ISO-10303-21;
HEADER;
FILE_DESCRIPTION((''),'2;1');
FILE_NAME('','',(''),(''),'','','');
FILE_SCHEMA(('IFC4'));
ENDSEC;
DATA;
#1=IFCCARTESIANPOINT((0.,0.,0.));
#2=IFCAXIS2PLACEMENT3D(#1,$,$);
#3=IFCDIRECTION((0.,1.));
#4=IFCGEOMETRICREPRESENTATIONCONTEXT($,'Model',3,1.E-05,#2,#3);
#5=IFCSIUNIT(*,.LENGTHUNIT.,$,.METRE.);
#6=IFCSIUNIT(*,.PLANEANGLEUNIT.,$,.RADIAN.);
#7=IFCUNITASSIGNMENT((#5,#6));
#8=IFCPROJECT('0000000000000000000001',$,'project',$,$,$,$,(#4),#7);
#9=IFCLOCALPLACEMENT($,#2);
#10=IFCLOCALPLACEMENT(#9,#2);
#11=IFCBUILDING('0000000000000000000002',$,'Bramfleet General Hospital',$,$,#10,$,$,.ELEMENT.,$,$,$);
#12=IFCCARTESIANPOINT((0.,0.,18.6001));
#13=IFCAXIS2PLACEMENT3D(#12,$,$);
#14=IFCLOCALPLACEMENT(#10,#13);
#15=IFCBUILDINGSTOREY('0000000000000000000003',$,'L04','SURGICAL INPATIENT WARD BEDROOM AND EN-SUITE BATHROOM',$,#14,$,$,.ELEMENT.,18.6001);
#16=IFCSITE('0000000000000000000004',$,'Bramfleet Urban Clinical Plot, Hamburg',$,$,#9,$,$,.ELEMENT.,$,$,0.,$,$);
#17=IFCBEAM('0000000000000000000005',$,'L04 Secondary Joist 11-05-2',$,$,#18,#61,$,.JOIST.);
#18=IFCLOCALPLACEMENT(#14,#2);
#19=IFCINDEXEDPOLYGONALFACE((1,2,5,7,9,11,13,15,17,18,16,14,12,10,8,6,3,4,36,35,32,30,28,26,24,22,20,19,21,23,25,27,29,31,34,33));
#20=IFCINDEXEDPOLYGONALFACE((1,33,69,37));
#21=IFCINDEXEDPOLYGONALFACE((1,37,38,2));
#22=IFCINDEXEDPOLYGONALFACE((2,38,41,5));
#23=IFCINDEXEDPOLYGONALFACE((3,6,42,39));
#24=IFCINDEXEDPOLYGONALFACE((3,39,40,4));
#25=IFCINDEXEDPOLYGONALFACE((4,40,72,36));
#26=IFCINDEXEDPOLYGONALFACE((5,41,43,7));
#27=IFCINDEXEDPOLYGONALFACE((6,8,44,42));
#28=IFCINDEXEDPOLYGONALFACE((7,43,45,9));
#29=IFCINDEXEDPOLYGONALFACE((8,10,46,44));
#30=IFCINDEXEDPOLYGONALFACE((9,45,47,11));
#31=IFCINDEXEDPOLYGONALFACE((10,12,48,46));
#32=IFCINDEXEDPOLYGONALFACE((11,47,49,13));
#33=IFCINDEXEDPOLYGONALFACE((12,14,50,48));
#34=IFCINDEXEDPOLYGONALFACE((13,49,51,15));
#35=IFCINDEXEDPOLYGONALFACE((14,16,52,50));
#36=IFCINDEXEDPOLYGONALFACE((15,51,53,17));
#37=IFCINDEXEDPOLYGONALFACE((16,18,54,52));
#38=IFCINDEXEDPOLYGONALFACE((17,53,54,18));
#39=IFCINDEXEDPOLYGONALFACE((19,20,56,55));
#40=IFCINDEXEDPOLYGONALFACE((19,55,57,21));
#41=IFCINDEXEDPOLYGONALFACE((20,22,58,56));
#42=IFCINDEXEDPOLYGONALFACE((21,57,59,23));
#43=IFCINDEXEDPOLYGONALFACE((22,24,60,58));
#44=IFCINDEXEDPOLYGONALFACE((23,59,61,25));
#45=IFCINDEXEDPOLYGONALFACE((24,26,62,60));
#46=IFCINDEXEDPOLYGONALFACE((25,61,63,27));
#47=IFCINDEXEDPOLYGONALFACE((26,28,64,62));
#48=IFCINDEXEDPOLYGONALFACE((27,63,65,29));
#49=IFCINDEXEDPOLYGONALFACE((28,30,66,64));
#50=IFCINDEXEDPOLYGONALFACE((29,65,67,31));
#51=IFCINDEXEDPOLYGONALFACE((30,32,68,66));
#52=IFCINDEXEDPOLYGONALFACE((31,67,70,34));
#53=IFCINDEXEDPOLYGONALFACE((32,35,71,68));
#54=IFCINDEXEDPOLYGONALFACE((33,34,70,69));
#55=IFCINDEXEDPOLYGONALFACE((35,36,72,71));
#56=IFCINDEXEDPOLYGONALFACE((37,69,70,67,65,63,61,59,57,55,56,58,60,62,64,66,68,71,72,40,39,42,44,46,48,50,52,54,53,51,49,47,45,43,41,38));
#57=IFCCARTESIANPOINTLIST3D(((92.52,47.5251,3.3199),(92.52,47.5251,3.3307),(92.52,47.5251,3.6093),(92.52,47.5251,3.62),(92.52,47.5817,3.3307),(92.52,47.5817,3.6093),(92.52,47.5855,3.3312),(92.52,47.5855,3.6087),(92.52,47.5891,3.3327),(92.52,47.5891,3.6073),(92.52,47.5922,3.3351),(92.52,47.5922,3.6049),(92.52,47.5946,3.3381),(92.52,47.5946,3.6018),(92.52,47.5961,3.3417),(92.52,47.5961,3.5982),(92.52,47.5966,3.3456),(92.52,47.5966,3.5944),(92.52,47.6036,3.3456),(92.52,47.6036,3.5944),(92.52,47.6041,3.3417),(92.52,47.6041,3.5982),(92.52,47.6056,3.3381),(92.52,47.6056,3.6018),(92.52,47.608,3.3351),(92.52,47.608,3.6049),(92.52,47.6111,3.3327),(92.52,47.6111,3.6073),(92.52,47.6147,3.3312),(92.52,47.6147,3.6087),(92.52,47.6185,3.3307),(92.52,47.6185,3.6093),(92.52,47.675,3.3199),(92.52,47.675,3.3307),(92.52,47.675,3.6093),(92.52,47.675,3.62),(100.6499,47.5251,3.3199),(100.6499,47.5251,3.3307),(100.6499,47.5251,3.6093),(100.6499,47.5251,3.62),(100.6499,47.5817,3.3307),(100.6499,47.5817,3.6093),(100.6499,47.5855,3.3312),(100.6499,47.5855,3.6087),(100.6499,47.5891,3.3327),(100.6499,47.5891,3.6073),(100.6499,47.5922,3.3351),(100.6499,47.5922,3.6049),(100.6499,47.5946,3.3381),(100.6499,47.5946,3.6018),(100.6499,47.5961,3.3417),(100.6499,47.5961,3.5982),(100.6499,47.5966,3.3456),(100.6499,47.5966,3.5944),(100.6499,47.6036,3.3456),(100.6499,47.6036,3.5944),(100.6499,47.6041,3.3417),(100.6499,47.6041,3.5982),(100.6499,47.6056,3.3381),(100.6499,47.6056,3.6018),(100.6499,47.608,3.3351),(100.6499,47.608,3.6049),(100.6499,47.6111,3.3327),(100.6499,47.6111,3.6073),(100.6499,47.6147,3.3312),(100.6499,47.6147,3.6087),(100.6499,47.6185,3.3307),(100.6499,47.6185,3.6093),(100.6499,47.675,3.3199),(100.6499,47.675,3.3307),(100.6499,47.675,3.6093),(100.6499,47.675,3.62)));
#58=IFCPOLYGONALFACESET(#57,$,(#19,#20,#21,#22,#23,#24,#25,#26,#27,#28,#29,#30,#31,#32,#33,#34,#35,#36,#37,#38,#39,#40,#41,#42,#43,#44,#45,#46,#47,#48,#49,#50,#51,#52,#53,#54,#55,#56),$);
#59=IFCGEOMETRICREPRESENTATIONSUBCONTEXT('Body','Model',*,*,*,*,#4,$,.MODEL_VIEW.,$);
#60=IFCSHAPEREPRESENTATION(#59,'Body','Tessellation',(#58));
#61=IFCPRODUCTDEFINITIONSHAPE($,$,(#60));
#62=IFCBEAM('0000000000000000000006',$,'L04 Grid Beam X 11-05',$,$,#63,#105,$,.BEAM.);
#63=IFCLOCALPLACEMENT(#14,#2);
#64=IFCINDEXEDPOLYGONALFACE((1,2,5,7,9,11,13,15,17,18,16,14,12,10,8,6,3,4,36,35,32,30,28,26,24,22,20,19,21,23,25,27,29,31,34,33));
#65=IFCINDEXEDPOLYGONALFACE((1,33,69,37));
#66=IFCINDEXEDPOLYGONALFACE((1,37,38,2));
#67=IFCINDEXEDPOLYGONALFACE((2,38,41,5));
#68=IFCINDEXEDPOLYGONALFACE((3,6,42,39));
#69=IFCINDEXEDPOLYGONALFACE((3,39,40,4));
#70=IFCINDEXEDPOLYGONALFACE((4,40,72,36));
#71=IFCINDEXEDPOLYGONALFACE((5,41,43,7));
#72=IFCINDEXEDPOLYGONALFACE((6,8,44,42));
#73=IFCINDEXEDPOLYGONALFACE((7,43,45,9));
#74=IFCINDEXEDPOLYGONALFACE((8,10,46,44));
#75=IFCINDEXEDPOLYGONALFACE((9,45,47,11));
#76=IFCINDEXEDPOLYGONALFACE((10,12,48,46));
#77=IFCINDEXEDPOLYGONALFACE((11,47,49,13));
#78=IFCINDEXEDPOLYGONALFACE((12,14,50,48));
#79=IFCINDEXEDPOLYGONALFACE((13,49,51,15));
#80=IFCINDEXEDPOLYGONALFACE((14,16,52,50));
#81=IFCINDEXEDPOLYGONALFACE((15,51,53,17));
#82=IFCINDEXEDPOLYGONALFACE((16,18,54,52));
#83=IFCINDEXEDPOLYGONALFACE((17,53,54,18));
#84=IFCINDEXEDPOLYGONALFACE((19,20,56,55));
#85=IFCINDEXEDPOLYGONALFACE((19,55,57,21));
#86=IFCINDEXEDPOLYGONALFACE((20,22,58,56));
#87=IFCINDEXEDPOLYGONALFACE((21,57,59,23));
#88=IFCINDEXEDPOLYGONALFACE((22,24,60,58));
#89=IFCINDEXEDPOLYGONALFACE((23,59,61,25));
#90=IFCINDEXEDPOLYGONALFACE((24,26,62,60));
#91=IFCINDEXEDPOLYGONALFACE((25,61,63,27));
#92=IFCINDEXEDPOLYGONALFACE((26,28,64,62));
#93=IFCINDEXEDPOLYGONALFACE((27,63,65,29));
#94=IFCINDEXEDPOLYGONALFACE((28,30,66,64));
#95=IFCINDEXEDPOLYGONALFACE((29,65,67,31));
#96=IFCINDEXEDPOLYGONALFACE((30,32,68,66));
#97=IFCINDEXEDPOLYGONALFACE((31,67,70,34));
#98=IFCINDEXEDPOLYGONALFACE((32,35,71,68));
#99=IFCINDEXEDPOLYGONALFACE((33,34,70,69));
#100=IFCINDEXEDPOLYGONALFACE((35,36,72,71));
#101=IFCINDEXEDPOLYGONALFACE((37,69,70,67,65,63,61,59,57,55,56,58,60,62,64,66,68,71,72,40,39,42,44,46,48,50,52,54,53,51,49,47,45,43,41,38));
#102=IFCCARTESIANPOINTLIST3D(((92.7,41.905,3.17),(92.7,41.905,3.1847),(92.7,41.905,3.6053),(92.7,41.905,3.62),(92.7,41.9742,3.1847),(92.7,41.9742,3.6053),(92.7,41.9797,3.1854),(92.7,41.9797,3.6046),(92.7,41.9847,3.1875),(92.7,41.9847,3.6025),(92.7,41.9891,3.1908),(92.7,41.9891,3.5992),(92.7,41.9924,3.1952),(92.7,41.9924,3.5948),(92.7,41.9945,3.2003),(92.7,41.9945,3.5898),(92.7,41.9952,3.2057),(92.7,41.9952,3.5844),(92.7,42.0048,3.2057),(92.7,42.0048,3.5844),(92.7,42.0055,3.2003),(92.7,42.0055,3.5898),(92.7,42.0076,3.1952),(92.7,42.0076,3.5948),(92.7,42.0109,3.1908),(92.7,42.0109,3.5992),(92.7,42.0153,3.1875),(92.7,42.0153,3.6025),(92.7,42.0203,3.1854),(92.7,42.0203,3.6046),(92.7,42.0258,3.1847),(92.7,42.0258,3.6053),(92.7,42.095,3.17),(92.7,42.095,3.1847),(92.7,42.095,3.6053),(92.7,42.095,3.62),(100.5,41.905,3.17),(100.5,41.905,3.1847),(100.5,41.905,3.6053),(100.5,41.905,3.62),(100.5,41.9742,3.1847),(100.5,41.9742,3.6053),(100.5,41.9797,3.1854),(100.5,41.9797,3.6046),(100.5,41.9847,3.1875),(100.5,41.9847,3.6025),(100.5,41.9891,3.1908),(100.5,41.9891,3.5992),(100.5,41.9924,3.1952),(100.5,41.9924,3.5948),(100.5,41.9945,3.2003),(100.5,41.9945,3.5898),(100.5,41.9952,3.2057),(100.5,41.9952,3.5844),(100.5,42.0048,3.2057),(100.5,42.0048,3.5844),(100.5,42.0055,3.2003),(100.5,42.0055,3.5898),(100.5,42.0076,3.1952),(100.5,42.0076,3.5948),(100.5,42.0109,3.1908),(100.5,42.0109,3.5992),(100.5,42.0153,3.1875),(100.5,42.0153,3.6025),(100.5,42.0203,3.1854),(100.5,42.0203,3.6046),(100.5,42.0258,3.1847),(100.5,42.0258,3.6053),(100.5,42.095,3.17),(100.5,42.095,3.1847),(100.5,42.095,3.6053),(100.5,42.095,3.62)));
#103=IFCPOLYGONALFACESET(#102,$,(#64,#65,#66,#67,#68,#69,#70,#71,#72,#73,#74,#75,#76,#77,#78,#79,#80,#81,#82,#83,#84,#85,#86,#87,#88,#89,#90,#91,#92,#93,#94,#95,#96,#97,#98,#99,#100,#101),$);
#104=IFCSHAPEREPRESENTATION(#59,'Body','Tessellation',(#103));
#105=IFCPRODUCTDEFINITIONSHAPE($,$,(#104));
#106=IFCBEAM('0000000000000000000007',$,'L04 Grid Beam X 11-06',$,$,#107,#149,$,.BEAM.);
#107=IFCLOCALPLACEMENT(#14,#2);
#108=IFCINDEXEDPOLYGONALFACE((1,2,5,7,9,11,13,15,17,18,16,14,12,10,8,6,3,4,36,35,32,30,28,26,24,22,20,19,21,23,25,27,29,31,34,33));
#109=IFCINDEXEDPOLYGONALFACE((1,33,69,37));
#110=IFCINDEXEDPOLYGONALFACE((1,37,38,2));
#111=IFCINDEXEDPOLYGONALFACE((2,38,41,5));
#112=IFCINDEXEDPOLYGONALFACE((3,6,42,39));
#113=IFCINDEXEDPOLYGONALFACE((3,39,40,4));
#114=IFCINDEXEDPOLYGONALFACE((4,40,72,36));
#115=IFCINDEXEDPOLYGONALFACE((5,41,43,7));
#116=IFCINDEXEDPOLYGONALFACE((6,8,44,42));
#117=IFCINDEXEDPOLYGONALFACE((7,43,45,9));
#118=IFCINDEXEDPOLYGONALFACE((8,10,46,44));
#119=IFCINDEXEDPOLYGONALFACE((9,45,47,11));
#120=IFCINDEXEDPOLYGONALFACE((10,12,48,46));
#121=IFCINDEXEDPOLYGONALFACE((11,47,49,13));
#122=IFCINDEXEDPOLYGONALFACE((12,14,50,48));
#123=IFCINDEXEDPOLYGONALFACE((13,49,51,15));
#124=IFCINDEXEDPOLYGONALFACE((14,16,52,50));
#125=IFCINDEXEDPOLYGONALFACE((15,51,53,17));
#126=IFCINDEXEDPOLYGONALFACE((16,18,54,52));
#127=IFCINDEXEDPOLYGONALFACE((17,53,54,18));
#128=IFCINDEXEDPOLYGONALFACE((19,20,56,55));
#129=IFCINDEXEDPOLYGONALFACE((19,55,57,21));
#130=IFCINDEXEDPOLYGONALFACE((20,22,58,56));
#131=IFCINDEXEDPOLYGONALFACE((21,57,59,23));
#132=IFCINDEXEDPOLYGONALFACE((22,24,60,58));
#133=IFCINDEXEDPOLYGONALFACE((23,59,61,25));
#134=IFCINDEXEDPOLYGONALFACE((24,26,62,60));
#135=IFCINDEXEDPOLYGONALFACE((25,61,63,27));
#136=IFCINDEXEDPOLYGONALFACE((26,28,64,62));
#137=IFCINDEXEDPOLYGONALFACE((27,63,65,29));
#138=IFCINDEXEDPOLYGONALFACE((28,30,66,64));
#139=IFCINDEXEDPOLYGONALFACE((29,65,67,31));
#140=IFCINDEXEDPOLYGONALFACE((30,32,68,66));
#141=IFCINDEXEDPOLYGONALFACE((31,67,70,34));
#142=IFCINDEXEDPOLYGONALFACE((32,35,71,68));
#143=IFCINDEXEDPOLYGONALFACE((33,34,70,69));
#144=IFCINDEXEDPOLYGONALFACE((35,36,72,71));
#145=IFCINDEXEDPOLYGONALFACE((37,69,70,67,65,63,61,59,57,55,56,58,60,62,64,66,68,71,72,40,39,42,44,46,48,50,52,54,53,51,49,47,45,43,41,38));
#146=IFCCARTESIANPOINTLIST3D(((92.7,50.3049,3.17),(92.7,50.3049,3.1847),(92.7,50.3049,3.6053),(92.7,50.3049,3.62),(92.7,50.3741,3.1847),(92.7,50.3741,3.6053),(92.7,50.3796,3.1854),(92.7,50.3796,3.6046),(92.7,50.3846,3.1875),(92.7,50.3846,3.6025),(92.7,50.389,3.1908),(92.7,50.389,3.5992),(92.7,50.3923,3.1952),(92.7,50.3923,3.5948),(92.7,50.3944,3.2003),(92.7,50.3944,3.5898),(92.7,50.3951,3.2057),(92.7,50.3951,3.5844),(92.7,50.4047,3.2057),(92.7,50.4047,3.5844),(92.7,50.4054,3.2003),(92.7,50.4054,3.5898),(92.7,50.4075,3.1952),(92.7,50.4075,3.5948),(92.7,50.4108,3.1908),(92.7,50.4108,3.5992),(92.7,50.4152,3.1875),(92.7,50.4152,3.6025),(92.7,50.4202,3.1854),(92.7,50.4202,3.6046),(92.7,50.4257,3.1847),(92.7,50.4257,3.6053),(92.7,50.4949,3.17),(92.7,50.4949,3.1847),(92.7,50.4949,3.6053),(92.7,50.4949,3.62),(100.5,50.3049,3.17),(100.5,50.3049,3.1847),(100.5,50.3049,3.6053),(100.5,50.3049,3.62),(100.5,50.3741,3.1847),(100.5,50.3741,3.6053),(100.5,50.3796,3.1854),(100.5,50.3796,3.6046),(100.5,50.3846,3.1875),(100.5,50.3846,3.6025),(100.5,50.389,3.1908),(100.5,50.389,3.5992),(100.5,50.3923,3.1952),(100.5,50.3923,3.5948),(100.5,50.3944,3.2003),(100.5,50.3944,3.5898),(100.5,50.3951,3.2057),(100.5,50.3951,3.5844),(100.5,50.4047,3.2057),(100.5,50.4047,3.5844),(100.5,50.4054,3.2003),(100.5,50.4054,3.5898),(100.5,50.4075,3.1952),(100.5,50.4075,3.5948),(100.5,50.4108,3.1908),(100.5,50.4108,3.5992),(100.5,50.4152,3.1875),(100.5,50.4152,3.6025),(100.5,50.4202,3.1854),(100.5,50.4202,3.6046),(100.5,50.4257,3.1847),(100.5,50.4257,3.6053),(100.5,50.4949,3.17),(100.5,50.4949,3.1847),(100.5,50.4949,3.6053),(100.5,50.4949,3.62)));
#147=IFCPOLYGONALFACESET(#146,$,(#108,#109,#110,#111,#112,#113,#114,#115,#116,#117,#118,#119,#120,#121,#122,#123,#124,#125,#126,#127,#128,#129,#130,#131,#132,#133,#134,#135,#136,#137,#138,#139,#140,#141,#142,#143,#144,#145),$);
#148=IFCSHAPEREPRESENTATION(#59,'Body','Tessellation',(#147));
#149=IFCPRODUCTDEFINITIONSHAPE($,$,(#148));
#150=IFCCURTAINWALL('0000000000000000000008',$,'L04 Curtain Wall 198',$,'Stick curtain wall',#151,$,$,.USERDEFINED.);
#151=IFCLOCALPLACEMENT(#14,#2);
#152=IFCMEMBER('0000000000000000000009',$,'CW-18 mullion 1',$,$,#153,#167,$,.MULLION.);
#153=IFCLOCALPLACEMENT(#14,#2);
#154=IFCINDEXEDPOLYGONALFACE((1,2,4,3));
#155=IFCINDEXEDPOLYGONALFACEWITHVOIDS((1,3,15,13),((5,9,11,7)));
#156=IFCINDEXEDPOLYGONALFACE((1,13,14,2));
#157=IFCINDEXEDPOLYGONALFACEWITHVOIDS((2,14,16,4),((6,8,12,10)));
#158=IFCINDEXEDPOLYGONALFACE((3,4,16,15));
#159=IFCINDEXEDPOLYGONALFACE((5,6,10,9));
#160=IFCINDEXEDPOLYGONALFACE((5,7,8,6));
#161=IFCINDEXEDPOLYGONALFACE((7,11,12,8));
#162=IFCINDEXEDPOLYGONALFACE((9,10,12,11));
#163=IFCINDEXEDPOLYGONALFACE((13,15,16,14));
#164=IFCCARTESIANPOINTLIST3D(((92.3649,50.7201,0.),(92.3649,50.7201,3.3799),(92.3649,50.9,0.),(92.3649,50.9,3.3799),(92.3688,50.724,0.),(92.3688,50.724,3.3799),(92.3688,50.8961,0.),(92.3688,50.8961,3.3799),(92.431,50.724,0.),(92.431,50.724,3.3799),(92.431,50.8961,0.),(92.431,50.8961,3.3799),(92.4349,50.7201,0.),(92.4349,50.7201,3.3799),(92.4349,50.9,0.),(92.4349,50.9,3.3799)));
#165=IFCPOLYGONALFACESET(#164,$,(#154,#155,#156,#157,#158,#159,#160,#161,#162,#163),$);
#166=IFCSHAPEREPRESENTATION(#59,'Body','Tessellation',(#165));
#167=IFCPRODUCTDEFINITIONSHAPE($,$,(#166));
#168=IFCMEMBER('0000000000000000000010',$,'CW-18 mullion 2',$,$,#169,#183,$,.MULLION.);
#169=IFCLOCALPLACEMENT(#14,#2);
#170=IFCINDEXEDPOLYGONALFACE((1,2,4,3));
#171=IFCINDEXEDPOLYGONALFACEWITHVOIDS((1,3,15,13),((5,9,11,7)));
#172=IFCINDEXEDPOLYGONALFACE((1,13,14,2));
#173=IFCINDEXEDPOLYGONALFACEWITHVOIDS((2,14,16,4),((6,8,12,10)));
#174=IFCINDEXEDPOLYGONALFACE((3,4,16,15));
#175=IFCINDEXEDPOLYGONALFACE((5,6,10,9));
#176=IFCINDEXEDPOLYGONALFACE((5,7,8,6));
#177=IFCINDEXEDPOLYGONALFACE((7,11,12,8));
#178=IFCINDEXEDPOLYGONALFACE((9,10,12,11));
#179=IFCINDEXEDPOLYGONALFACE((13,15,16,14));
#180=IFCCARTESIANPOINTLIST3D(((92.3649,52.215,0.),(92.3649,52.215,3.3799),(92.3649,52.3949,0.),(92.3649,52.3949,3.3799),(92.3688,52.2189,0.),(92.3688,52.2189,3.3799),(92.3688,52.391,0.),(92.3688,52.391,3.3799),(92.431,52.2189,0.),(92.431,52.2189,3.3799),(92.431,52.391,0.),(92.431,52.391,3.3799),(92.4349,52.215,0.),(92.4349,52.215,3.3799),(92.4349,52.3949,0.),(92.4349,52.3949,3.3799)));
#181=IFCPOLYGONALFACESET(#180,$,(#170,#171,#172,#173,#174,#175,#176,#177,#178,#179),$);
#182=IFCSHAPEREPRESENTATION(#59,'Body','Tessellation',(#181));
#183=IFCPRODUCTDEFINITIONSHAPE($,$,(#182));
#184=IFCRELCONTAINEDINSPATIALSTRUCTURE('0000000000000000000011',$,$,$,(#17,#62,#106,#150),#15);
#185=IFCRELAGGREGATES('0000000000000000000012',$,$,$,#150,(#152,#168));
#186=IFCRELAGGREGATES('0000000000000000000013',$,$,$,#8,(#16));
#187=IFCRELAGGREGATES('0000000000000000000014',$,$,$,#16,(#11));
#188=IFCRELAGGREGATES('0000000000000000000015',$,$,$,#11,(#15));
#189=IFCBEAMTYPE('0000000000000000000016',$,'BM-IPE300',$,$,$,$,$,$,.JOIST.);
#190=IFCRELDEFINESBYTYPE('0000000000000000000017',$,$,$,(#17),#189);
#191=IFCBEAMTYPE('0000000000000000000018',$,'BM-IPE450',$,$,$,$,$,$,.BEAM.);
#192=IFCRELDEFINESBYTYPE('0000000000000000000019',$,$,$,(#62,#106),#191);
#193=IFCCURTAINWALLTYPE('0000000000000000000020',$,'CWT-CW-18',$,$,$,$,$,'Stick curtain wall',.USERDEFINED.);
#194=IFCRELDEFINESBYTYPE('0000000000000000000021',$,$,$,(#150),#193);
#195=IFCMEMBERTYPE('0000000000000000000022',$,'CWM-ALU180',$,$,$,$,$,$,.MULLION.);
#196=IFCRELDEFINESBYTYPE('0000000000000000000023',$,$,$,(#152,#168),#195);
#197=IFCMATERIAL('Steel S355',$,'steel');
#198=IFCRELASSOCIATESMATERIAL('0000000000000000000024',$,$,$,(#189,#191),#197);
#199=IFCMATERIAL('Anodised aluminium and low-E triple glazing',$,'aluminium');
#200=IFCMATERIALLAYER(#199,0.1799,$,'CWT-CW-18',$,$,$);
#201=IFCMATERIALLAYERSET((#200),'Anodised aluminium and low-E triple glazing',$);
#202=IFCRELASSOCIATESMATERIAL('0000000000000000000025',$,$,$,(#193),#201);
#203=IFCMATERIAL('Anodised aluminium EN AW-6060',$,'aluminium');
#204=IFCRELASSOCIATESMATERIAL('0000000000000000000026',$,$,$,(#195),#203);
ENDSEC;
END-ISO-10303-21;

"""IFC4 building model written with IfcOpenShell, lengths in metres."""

from ifc_helpers import new_model, si_unit, direction, frame, origin, origin_2d, place, context, subcontext, project, spatial, hollow_rectangle, i_section, extrude, material, layer, layer_set, material_profile, profile_set, type_object, element, aggregate, save


model = new_model("IFC4")

# Units and contexts
model_context = context("Model", 3, precision=1e-05, world=origin(), true_north=direction((0.0, 1.0)))
body_context = subcontext(model_context, "Body", "Model", "MODEL_VIEW")
ifc_project = project(units=[si_unit("LENGTHUNIT", "METRE"), si_unit("PLANEANGLEUNIT", "RADIAN")], contexts=[model_context])

# Site, building, storey
site_placement = place(None, origin())
site = spatial("IfcSite", under=ifc_project, at=site_placement, Name="Bramfleet Urban Clinical Plot, Hamburg", CompositionType="ELEMENT", RefElevation=0.0)
building_placement = place(site_placement, origin())
building = spatial("IfcBuilding", under=site, at=building_placement, Name="Bramfleet General Hospital", CompositionType="ELEMENT")
storey_placement = place(building_placement, frame((0.0, 0.0, 18.6001)))
storey = spatial("IfcBuildingStorey", under=building, at=storey_placement, Name="L04", Description="SURGICAL INPATIENT WARD BEDROOM AND EN-SUITE BATHROOM", CompositionType="ELEMENT", Elevation=18.6001)

# Beams
ifc_material_1 = material(Name="Steel S355", Category="steel")
ifc_material_profile_1 = material_profile(ifc_material_1, i_section(OverallWidth=0.1499, OverallDepth=0.3, WebThickness=0.0071, FlangeThickness=0.0107, FilletRadius=0.0149, at=origin_2d()), Name="IPE 300")
ifc_profile_set_1 = profile_set([ifc_material_profile_1], Name="Steel S355")
beam_type_1 = type_object("IfcBeamType", Name="BM-IPE300", PredefinedType="JOIST", material=ifc_profile_set_1)
for number, where, z_axis, x_axis, name in (
    (1, (92.52, 47.6001, 3.47), (1.0, 0.0, 0.0), (0.0, 1.0, 0.0), "L04 Secondary Joist 11-05-2"),
):
    element("IfcBeam", number, at=place(storey_placement, frame(where, z_axis=z_axis, x_axis=x_axis)), inside=storey, type_object=beam_type_1, Name=name, PredefinedType="JOIST", context=body_context, shape_type="SweptSolid", body=[
        extrude(i_section(OverallWidth=0.1499, OverallDepth=0.3, WebThickness=0.0071, FlangeThickness=0.0107, FilletRadius=0.0149, at=origin_2d()), origin(), (0.0, 0.0, 1.0), 8.1299),
    ])
ifc_material_profile_2 = material_profile(ifc_material_1, i_section(OverallWidth=0.1899, OverallDepth=0.45, WebThickness=0.0095, FlangeThickness=0.0146, FilletRadius=0.021, at=origin_2d()), Name="IPE 450")
ifc_profile_set_2 = profile_set([ifc_material_profile_2], Name="Steel S355")
beam_type_2 = type_object("IfcBeamType", Name="BM-IPE450", PredefinedType="BEAM", material=ifc_profile_set_2)
for number, where, z_axis, x_axis, name in (
    (2, (92.7, 42.0, 3.395), (1.0, 0.0, 0.0), (0.0, 1.0, 0.0), "L04 Grid Beam X 11-05"),
    (3, (92.7, 50.3999, 3.395), (1.0, 0.0, 0.0), (0.0, 1.0, 0.0), "L04 Grid Beam X 11-06"),
):
    element("IfcBeam", number, at=place(storey_placement, frame(where, z_axis=z_axis, x_axis=x_axis)), inside=storey, type_object=beam_type_2, Name=name, PredefinedType="BEAM", context=body_context, shape_type="SweptSolid", body=[
        extrude(i_section(OverallWidth=0.1899, OverallDepth=0.45, WebThickness=0.0095, FlangeThickness=0.0146, FilletRadius=0.021, at=origin_2d()), origin(), (0.0, 0.0, 1.0), 7.8),
    ])

# Curtain wall, members
ifc_material_2 = material(Name="Anodised aluminium and low-E triple glazing", Category="aluminium")
ifc_layer_1 = layer(ifc_material_2, 0.1799, Name="CWT-CW-18")
ifc_layer_set_1 = layer_set([ifc_layer_1], Name="Anodised aluminium and low-E triple glazing")
curtain_wall_type = type_object("IfcCurtainWallType", Name="CWT-CW-18", ElementType="Stick curtain wall", PredefinedType="USERDEFINED", material=ifc_layer_set_1)
curtain_wall_placement = place(storey_placement, origin())
curtain_wall = element("IfcCurtainWall", 4, at=curtain_wall_placement, inside=storey, type_object=curtain_wall_type, Name="L04 Curtain Wall 198", ObjectType="Stick curtain wall", PredefinedType="USERDEFINED")
ifc_material_3 = material(Name="Anodised aluminium EN AW-6060", Category="aluminium")
ifc_material_profile_3 = material_profile(ifc_material_3, hollow_rectangle(XDim=0.0701, YDim=0.1799, WallThickness=0.0039, at=origin_2d()), Name="ALU 180x70x4.0")
ifc_profile_set_3 = profile_set([ifc_material_profile_3], Name="Anodised aluminium EN AW-6060")
member_type_1 = type_object("IfcMemberType", Name="CWM-ALU180", PredefinedType="MULLION", material=ifc_profile_set_3)
member_1_placement = place(storey_placement, frame((92.3999, 50.8101, 0.0), z_axis=(0.0, 0.0, 1.0), x_axis=(-1.0, 0.0, 0.0)))
member_1 = element("IfcMember", 5, at=member_1_placement, type_object=member_type_1, Name="CW-18 mullion 1", PredefinedType="MULLION", context=body_context, shape_type="SweptSolid", body=[
    extrude(hollow_rectangle(XDim=0.0701, YDim=0.1799, WallThickness=0.0039, at=origin_2d()), origin(), (0.0, 0.0, 1.0), 3.3799),
])
member_2_placement = place(storey_placement, frame((92.3999, 52.3049, 0.0), z_axis=(0.0, 0.0, 1.0), x_axis=(-1.0, 0.0, 0.0)))
member_2 = element("IfcMember", 6, at=member_2_placement, type_object=member_type_1, Name="CW-18 mullion 2", PredefinedType="MULLION", context=body_context, shape_type="SweptSolid", body=[
    extrude(hollow_rectangle(XDim=0.0701, YDim=0.1799, WallThickness=0.0039, at=origin_2d()), origin(), (0.0, 0.0, 1.0), 3.3799),
])
aggregate(curtain_wall, [member_1, member_2])

save(model, "model.ifc")
